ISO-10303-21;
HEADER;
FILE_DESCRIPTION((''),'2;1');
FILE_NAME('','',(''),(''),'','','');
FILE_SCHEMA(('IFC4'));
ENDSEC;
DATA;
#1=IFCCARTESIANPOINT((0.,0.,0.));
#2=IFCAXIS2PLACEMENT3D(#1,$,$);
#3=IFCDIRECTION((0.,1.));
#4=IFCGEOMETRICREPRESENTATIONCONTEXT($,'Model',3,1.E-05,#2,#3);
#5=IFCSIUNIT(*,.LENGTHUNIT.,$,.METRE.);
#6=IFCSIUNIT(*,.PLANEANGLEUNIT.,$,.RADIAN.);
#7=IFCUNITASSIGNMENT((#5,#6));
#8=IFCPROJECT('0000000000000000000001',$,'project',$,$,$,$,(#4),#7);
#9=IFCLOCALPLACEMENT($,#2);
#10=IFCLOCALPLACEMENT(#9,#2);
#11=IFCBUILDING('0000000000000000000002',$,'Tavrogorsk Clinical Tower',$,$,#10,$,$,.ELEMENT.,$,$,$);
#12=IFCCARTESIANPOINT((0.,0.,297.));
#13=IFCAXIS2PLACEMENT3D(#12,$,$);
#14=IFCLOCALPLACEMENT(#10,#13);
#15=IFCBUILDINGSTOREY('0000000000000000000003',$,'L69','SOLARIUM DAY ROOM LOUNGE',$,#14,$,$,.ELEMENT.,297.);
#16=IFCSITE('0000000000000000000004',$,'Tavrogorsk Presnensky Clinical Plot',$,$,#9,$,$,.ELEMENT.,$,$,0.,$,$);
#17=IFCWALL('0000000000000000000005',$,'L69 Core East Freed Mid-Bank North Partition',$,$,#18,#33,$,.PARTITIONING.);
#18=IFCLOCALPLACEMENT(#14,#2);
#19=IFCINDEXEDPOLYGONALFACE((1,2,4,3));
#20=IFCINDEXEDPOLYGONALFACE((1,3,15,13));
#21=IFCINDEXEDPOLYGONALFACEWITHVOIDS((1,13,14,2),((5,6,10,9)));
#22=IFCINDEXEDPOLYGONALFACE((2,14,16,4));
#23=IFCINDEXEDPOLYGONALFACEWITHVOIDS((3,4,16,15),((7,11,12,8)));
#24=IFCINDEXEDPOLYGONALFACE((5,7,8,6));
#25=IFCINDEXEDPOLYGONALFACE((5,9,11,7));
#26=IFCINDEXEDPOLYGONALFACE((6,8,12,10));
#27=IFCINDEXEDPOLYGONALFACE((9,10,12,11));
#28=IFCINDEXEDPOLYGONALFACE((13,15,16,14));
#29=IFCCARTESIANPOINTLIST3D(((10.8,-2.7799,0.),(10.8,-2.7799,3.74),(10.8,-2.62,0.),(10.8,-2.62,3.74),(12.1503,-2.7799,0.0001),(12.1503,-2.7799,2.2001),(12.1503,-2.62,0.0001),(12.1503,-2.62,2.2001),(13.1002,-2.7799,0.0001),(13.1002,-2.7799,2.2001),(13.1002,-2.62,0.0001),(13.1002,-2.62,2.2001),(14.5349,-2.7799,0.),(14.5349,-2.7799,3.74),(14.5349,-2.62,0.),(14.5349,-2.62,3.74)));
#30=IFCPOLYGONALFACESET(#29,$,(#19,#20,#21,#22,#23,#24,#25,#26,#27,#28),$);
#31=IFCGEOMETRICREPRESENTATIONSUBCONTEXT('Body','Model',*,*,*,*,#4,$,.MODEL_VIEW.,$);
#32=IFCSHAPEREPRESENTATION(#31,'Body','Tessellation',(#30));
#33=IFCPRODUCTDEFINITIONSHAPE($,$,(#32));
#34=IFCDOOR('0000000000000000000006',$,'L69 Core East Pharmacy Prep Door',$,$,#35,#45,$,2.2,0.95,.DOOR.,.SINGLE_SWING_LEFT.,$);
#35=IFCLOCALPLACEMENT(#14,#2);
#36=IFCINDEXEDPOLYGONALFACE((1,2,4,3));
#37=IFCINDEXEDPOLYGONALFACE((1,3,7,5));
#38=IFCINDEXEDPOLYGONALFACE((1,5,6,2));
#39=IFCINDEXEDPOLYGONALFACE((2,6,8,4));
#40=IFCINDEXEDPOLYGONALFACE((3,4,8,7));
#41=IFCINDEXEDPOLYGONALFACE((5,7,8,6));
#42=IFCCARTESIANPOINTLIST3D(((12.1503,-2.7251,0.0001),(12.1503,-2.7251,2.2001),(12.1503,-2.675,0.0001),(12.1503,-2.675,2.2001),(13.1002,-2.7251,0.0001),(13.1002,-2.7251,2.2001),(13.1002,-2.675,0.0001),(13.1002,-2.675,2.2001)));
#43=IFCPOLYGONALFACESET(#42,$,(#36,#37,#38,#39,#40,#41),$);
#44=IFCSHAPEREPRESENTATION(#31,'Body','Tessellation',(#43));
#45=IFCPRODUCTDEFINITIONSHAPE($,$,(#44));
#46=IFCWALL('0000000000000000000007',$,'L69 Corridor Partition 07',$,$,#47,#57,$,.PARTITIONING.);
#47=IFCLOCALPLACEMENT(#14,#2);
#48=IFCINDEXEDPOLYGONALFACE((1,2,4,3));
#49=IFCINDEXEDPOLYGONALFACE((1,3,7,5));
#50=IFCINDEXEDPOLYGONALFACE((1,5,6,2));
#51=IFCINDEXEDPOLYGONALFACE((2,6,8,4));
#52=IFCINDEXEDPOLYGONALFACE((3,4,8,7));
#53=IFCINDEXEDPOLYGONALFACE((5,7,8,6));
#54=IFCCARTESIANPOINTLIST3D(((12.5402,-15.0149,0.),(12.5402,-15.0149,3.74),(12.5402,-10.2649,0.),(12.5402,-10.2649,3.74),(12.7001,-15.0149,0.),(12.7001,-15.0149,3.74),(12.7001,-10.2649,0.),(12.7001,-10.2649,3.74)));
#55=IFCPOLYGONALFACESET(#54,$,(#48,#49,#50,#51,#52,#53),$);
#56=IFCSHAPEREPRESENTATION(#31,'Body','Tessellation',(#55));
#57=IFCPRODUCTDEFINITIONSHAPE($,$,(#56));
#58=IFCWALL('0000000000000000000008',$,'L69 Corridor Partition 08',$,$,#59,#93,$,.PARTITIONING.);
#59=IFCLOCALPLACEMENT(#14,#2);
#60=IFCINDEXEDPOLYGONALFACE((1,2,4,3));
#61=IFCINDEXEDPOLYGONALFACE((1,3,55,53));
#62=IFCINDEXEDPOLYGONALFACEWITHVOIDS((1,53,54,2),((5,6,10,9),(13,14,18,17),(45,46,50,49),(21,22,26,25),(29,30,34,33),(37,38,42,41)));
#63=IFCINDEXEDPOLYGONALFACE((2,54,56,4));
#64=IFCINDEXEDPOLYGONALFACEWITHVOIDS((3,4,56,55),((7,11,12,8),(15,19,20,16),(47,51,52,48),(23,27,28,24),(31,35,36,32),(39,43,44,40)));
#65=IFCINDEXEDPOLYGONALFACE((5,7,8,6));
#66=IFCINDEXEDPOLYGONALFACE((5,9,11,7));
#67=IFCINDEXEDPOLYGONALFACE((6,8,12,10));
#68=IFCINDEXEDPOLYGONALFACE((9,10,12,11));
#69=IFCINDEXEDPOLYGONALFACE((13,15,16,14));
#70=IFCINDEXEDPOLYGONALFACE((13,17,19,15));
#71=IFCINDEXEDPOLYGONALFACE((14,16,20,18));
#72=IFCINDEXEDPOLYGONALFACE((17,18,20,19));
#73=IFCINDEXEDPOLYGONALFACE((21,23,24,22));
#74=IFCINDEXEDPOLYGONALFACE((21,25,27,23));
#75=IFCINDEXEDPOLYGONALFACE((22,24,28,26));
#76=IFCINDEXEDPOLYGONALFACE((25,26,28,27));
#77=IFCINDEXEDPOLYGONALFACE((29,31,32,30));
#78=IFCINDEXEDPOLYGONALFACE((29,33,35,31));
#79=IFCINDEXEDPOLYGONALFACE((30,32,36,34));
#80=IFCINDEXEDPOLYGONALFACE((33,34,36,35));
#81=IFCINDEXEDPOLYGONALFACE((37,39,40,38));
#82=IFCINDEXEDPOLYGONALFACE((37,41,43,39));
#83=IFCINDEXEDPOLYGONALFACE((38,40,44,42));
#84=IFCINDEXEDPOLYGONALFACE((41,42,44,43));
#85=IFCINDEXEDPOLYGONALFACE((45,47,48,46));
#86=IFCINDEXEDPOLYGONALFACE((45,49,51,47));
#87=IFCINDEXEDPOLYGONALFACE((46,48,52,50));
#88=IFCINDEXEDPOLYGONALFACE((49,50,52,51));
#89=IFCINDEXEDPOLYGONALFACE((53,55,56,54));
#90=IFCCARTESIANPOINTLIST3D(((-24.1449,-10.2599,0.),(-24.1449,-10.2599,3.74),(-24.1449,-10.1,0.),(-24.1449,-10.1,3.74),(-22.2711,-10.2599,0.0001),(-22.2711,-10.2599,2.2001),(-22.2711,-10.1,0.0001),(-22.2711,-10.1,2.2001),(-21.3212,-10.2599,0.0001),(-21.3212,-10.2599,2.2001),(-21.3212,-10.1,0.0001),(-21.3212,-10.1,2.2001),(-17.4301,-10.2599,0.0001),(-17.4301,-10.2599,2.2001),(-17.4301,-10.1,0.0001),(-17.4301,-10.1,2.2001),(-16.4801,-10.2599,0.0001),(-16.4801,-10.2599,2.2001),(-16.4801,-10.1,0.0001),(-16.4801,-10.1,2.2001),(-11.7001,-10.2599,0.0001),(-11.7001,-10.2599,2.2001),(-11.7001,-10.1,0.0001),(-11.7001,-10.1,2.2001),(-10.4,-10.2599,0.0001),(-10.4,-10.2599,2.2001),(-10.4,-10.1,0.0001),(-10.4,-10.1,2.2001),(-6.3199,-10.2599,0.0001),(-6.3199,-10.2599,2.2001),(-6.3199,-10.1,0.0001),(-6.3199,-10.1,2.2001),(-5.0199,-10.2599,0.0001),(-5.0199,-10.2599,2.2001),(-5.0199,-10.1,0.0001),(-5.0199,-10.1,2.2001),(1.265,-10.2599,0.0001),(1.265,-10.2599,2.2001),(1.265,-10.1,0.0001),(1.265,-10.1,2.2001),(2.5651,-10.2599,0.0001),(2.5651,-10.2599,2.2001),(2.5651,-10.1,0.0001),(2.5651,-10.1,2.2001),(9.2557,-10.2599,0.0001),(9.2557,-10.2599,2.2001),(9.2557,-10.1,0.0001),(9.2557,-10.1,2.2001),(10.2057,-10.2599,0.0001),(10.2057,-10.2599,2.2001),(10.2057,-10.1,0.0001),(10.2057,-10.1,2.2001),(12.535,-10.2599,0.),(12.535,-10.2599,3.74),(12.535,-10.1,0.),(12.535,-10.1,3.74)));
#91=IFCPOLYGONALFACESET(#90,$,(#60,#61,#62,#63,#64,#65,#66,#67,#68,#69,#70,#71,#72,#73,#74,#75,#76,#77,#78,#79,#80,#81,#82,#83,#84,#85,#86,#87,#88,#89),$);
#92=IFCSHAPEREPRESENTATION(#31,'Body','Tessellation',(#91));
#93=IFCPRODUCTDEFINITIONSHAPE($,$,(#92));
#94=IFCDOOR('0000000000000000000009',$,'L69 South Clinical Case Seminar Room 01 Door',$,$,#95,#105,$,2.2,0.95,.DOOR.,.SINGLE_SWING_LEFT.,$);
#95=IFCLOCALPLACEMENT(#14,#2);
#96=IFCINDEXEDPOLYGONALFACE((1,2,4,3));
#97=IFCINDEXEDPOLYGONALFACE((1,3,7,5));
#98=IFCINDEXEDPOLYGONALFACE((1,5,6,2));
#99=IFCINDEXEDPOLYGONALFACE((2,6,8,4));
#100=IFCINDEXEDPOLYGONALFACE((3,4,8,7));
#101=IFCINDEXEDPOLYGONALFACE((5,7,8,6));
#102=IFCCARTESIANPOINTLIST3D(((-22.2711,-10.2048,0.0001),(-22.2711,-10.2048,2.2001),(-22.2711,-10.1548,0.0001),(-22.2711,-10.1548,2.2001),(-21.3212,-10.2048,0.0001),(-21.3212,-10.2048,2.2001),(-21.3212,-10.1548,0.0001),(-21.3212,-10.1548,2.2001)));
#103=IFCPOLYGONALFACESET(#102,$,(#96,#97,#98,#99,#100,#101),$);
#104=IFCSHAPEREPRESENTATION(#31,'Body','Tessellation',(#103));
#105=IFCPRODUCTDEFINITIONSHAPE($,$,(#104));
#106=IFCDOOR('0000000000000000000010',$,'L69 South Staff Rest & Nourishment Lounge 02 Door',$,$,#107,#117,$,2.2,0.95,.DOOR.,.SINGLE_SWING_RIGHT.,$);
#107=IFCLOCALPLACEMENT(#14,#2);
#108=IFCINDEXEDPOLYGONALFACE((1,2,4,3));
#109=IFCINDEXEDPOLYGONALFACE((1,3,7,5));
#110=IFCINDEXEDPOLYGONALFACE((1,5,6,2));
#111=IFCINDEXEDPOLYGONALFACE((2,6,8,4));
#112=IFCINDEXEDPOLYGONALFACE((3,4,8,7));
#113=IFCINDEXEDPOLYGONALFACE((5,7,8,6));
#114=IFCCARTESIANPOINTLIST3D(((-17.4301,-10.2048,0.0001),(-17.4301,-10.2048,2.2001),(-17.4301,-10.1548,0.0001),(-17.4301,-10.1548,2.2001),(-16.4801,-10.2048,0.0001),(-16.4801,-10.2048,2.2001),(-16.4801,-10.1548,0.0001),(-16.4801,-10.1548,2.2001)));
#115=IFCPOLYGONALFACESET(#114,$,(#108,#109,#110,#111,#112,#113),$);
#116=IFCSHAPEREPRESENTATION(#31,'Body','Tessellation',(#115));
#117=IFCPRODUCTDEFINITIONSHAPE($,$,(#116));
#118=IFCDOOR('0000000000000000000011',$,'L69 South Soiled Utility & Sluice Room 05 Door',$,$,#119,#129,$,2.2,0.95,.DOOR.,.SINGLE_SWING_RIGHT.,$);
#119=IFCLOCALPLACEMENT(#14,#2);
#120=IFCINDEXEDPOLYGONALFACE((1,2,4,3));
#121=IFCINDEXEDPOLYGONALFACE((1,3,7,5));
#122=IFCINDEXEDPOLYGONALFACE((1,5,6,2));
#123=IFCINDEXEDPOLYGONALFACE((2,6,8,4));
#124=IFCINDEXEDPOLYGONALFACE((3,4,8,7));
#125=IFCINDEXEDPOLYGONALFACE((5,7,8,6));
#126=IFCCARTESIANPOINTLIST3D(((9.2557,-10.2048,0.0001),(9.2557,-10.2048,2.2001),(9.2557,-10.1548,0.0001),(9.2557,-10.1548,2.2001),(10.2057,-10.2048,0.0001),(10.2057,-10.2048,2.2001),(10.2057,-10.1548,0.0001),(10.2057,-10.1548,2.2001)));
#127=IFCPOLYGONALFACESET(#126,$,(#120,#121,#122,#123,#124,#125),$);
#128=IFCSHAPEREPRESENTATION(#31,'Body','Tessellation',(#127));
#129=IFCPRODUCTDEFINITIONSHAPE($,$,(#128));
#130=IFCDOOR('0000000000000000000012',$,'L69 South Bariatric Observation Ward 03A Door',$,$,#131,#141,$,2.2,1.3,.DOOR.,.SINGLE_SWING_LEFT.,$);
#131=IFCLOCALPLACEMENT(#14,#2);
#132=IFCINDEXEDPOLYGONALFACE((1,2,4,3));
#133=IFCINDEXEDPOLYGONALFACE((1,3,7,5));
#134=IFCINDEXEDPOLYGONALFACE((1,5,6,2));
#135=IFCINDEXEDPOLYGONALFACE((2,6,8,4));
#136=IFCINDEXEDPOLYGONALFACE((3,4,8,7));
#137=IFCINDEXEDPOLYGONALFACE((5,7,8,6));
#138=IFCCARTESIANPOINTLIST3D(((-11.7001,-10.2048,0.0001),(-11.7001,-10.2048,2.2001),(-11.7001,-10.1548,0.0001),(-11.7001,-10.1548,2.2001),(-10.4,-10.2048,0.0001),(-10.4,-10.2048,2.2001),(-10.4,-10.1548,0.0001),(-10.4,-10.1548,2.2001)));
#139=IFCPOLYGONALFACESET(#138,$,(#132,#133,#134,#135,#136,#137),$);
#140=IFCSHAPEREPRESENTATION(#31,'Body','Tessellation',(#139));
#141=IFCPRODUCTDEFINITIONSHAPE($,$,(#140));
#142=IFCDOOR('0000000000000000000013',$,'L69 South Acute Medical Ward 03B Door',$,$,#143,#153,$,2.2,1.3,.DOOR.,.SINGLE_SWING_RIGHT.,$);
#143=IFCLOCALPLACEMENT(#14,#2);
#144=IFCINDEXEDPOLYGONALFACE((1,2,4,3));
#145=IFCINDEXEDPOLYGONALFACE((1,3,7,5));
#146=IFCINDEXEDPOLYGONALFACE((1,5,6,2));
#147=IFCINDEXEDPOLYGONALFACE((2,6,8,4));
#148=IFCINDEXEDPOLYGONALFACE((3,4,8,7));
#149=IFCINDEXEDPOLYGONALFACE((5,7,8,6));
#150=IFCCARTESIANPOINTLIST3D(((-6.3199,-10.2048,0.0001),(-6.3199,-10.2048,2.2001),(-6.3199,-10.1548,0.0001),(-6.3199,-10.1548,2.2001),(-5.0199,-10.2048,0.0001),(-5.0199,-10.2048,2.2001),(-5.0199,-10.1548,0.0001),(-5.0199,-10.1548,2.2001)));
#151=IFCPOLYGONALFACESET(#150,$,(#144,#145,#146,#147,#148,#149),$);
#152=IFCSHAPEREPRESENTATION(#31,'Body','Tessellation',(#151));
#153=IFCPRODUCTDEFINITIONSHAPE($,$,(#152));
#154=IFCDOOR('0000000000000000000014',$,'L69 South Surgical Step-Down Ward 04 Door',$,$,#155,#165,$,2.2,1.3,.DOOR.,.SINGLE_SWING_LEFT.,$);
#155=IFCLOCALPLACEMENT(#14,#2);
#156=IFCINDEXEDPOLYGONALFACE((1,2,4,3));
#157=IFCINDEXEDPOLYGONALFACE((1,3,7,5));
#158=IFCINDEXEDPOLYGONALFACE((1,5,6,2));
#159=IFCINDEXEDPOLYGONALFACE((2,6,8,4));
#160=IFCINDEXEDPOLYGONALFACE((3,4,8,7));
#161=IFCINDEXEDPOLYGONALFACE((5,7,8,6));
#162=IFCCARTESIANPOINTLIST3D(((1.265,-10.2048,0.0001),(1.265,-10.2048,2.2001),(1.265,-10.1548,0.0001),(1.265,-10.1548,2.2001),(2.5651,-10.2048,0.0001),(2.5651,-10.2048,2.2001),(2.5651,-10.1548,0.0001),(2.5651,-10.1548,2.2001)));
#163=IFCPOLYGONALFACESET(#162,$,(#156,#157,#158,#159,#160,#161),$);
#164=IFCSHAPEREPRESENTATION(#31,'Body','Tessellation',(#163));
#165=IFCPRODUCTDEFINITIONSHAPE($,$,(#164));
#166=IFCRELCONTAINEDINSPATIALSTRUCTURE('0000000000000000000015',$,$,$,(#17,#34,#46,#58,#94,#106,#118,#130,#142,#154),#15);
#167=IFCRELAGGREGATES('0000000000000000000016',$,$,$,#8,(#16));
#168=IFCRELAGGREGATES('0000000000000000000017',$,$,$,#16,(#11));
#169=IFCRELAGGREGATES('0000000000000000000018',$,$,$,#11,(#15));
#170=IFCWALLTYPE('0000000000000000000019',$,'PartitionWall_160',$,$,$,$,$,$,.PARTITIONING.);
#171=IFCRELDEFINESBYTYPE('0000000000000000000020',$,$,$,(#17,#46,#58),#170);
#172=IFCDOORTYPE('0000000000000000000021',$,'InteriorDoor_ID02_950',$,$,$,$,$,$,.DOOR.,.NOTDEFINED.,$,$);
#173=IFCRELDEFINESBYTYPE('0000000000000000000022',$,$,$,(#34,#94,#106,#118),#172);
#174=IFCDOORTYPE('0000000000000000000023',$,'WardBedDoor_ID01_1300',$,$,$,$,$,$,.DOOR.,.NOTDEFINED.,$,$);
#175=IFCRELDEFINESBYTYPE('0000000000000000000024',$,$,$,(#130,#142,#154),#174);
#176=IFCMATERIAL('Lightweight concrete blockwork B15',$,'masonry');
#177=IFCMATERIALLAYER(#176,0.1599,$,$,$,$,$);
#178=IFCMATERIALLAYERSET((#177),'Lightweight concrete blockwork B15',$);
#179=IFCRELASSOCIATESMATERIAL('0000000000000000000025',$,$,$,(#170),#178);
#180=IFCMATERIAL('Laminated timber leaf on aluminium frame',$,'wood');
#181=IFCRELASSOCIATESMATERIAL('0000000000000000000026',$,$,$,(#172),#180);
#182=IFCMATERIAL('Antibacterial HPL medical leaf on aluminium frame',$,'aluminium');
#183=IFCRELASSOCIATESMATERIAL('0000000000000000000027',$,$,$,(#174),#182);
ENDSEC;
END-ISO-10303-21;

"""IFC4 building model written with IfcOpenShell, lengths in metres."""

from ifc_helpers import new_model, si_unit, direction, frame, frame_2d, origin, place, context, subcontext, project, spatial, rectangle, extrude, material, layer, layer_set, type_object, element, fill, save


model = new_model("IFC4")

# Units and contexts
model_context = context("Model", 3, precision=1e-05, world=origin(), true_north=direction((0.0, 1.0)))
body_context = subcontext(model_context, "Body", "Model", "MODEL_VIEW")
ifc_project = project(units=[si_unit("LENGTHUNIT", "METRE"), si_unit("PLANEANGLEUNIT", "RADIAN")], contexts=[model_context])

# Site, building, storey
site_placement = place(None, origin())
site = spatial("IfcSite", under=ifc_project, at=site_placement, Name="Tavrogorsk Presnensky Clinical Plot", CompositionType="ELEMENT", RefElevation=0.0)
building_placement = place(site_placement, origin())
building = spatial("IfcBuilding", under=site, at=building_placement, Name="Tavrogorsk Clinical Tower", CompositionType="ELEMENT")
storey_placement = place(building_placement, frame((0.0, 0.0, 297.0)))
storey = spatial("IfcBuildingStorey", under=building, at=storey_placement, Name="L69", Description="SOLARIUM DAY ROOM LOUNGE", CompositionType="ELEMENT", Elevation=297.0)

# Wall, opening, door
ifc_material_1 = material(Name="Lightweight concrete blockwork B15", Category="masonry")
ifc_layer_1 = layer(ifc_material_1, 0.1599)
ifc_layer_set_1 = layer_set([ifc_layer_1], Name="Lightweight concrete blockwork B15")
wall_type_1 = type_object("IfcWallType", Name="PartitionWall_160", PredefinedType="PARTITIONING", material=ifc_layer_set_1)
wall_1_placement = place(storey_placement, frame((10.8, -2.7, 0.0), z_axis=(0.0, 0.0, 1.0), x_axis=(1.0, 0.0, 0.0)))
wall_1 = element("IfcWall", 1, at=wall_1_placement, inside=storey, type_object=wall_type_1, Name="L69 Core East Freed Mid-Bank North Partition", PredefinedType="PARTITIONING", context=body_context, shape_type="SweptSolid", body=[
    extrude(rectangle(XDim=3.7349, YDim=0.1599, at=frame_2d((1.8674, 0.0))), origin(), (0.0, 0.0, 1.0), 3.74),
])
opening_1_placement = place(wall_1_placement, frame((1.3501, 0.0, 0.0)))
opening_1 = element("IfcOpeningElement", 2, at=opening_1_placement, cuts=wall_1, PredefinedType="OPENING", context=body_context, shape_type="SweptSolid", body=[
    extrude(rectangle(XDim=0.95, YDim=2.2, at=frame_2d((0.4751, 1.1001))), frame((0.0, 0.0898, 0.0), z_axis=(0.0, -1.0, 0.0), x_axis=(1.0, 0.0, 0.0)), (0.0, 0.0, 1.0), 0.1799),
])
ifc_material_2 = material(Name="Laminated timber leaf on aluminium frame", Category="wood")
door_type_1 = type_object("IfcDoorType", Name="InteriorDoor_ID02_950", OperationType="NOTDEFINED", PredefinedType="DOOR", material=ifc_material_2)
door_1_placement = place(opening_1_placement, origin())
door_1 = element("IfcDoor", 3, at=door_1_placement, inside=storey, type_object=door_type_1, Name="L69 Core East Pharmacy Prep Door", OperationType="SINGLE_SWING_LEFT", OverallHeight=2.2, OverallWidth=0.95, PredefinedType="DOOR", context=body_context, shape_type="SweptSolid", body=[
    extrude(rectangle(XDim=0.95, YDim=2.2, at=frame_2d((0.4751, 1.1001))), frame((0.0, 0.0249, 0.0), z_axis=(0.0, -1.0, 0.0), x_axis=(1.0, 0.0, 0.0)), (0.0, 0.0, 1.0), 0.05),
])
fill(opening_1, door_1)

# Wall
wall_2_placement = place(storey_placement, frame((12.6201, -15.0149, 0.0), z_axis=(0.0, 0.0, 1.0), x_axis=(0.0, 1.0, 0.0)))
element("IfcWall", 4, at=wall_2_placement, inside=storey, type_object=wall_type_1, Name="L69 Corridor Partition 07", PredefinedType="PARTITIONING", context=body_context, shape_type="SweptSolid", body=[
    extrude(rectangle(XDim=4.75, YDim=0.1599, at=frame_2d((2.375, 0.0))), origin(), (0.0, 0.0, 1.0), 3.74),
])

# Wall, openings, doors
wall_3_placement = place(storey_placement, frame((12.5349, -10.1799, 0.0), z_axis=(0.0, 0.0, 1.0), x_axis=(-1.0, 0.0, 0.0)))
wall_3 = element("IfcWall", 5, at=wall_3_placement, inside=storey, type_object=wall_type_1, Name="L69 Corridor Partition 08", PredefinedType="PARTITIONING", context=body_context, shape_type="SweptSolid", body=[
    extrude(rectangle(XDim=36.6799, YDim=0.1599, at=frame_2d((18.3398, 0.0))), origin(), (0.0, 0.0, 1.0), 3.74),
])
opening_2_placement = place(wall_3_placement, frame((33.856, 0.0, 0.0)))
opening_2 = element("IfcOpeningElement", 6, at=opening_2_placement, cuts=wall_3, PredefinedType="OPENING", context=body_context, shape_type="SweptSolid", body=[
    extrude(rectangle(XDim=0.95, YDim=2.2, at=frame_2d((0.4751, 1.1001))), frame((0.0, 0.0898, 0.0), z_axis=(0.0, -1.0, 0.0), x_axis=(1.0, 0.0, 0.0)), (0.0, 0.0, 1.0), 0.1799),
])
opening_3_placement = place(wall_3_placement, frame((29.0149, 0.0, 0.0)))
opening_3 = element("IfcOpeningElement", 7, at=opening_3_placement, cuts=wall_3, PredefinedType="OPENING", context=body_context, shape_type="SweptSolid", body=[
    extrude(rectangle(XDim=0.95, YDim=2.2, at=frame_2d((0.4751, 1.1001))), frame((0.0, 0.0898, 0.0), z_axis=(0.0, -1.0, 0.0), x_axis=(1.0, 0.0, 0.0)), (0.0, 0.0, 1.0), 0.1799),
])
opening_4_placement = place(wall_3_placement, frame((22.9351, 0.0, 0.0)))
opening_4 = element("IfcOpeningElement", 8, at=opening_4_placement, cuts=wall_3, PredefinedType="OPENING", context=body_context, shape_type="SweptSolid", body=[
    extrude(rectangle(XDim=1.3, YDim=2.2, at=frame_2d((0.6499, 1.1001))), frame((0.0, 0.0898, 0.0), z_axis=(0.0, -1.0, 0.0), x_axis=(1.0, 0.0, 0.0)), (0.0, 0.0, 1.0), 0.1799),
])
opening_5_placement = place(wall_3_placement, frame((17.5549, 0.0, 0.0)))
opening_5 = element("IfcOpeningElement", 9, at=opening_5_placement, cuts=wall_3, PredefinedType="OPENING", context=body_context, shape_type="SweptSolid", body=[
    extrude(rectangle(XDim=1.3, YDim=2.2, at=frame_2d((0.6499, 1.1001))), frame((0.0, 0.0898, 0.0), z_axis=(0.0, -1.0, 0.0), x_axis=(1.0, 0.0, 0.0)), (0.0, 0.0, 1.0), 0.1799),
])
opening_6_placement = place(wall_3_placement, frame((9.97, 0.0, 0.0)))
opening_6 = element("IfcOpeningElement", 10, at=opening_6_placement, cuts=wall_3, PredefinedType="OPENING", context=body_context, shape_type="SweptSolid", body=[
    extrude(rectangle(XDim=1.3, YDim=2.2, at=frame_2d((0.6499, 1.1001))), frame((0.0, 0.0898, 0.0), z_axis=(0.0, -1.0, 0.0), x_axis=(1.0, 0.0, 0.0)), (0.0, 0.0, 1.0), 0.1799),
])
opening_7_placement = place(wall_3_placement, frame((2.3291, 0.0, 0.0)))
opening_7 = element("IfcOpeningElement", 11, at=opening_7_placement, cuts=wall_3, PredefinedType="OPENING", context=body_context, shape_type="SweptSolid", body=[
    extrude(rectangle(XDim=0.95, YDim=2.2, at=frame_2d((0.4751, 1.1001))), frame((0.0, 0.0898, 0.0), z_axis=(0.0, -1.0, 0.0), x_axis=(1.0, 0.0, 0.0)), (0.0, 0.0, 1.0), 0.1799),
])
door_2_placement = place(opening_2_placement, origin())
door_2 = element("IfcDoor", 12, at=door_2_placement, inside=storey, type_object=door_type_1, Name="L69 South Clinical Case Seminar Room 01 Door", OperationType="SINGLE_SWING_LEFT", OverallHeight=2.2, OverallWidth=0.95, PredefinedType="DOOR", context=body_context, shape_type="SweptSolid", body=[
    extrude(rectangle(XDim=0.95, YDim=2.2, at=frame_2d((0.4751, 1.1001))), frame((0.0, 0.0249, 0.0), z_axis=(0.0, -1.0, 0.0), x_axis=(1.0, 0.0, 0.0)), (0.0, 0.0, 1.0), 0.05),
])
fill(opening_2, door_2)
door_3_placement = place(opening_3_placement, origin())
door_3 = element("IfcDoor", 13, at=door_3_placement, inside=storey, type_object=door_type_1, Name="L69 South Staff Rest & Nourishment Lounge 02 Door", OperationType="SINGLE_SWING_RIGHT", OverallHeight=2.2, OverallWidth=0.95, PredefinedType="DOOR", context=body_context, shape_type="SweptSolid", body=[
    extrude(rectangle(XDim=0.95, YDim=2.2, at=frame_2d((0.4751, 1.1001))), frame((0.0, 0.0249, 0.0), z_axis=(0.0, -1.0, 0.0), x_axis=(1.0, 0.0, 0.0)), (0.0, 0.0, 1.0), 0.05),
])
fill(opening_3, door_3)
door_4_placement = place(opening_7_placement, origin())
door_4 = element("IfcDoor", 14, at=door_4_placement, inside=storey, type_object=door_type_1, Name="L69 South Soiled Utility & Sluice Room 05 Door", OperationType="SINGLE_SWING_RIGHT", OverallHeight=2.2, OverallWidth=0.95, PredefinedType="DOOR", context=body_context, shape_type="SweptSolid", body=[
    extrude(rectangle(XDim=0.95, YDim=2.2, at=frame_2d((0.4751, 1.1001))), frame((0.0, 0.0249, 0.0), z_axis=(0.0, -1.0, 0.0), x_axis=(1.0, 0.0, 0.0)), (0.0, 0.0, 1.0), 0.05),
])
fill(opening_7, door_4)
ifc_material_3 = material(Name="Antibacterial HPL medical leaf on aluminium frame", Category="aluminium")
door_type_2 = type_object("IfcDoorType", Name="WardBedDoor_ID01_1300", OperationType="NOTDEFINED", PredefinedType="DOOR", material=ifc_material_3)
door_5_placement = place(opening_4_placement, origin())
door_5 = element("IfcDoor", 15, at=door_5_placement, inside=storey, type_object=door_type_2, Name="L69 South Bariatric Observation Ward 03A Door", OperationType="SINGLE_SWING_LEFT", OverallHeight=2.2, OverallWidth=1.3, PredefinedType="DOOR", context=body_context, shape_type="SweptSolid", body=[
    extrude(rectangle(XDim=1.3, YDim=2.2, at=frame_2d((0.6499, 1.1001))), frame((0.0, 0.0249, 0.0), z_axis=(0.0, -1.0, 0.0), x_axis=(1.0, 0.0, 0.0)), (0.0, 0.0, 1.0), 0.05),
])
fill(opening_4, door_5)
door_6_placement = place(opening_5_placement, origin())
door_6 = element("IfcDoor", 16, at=door_6_placement, inside=storey, type_object=door_type_2, Name="L69 South Acute Medical Ward 03B Door", OperationType="SINGLE_SWING_RIGHT", OverallHeight=2.2, OverallWidth=1.3, PredefinedType="DOOR", context=body_context, shape_type="SweptSolid", body=[
    extrude(rectangle(XDim=1.3, YDim=2.2, at=frame_2d((0.6499, 1.1001))), frame((0.0, 0.0249, 0.0), z_axis=(0.0, -1.0, 0.0), x_axis=(1.0, 0.0, 0.0)), (0.0, 0.0, 1.0), 0.05),
])
fill(opening_5, door_6)
door_7_placement = place(opening_6_placement, origin())
door_7 = element("IfcDoor", 17, at=door_7_placement, inside=storey, type_object=door_type_2, Name="L69 South Surgical Step-Down Ward 04 Door", OperationType="SINGLE_SWING_LEFT", OverallHeight=2.2, OverallWidth=1.3, PredefinedType="DOOR", context=body_context, shape_type="SweptSolid", body=[
    extrude(rectangle(XDim=1.3, YDim=2.2, at=frame_2d((0.6499, 1.1001))), frame((0.0, 0.0249, 0.0), z_axis=(0.0, -1.0, 0.0), x_axis=(1.0, 0.0, 0.0)), (0.0, 0.0, 1.0), 0.05),
])
fill(opening_6, door_7)

save(model, "model.ifc")
